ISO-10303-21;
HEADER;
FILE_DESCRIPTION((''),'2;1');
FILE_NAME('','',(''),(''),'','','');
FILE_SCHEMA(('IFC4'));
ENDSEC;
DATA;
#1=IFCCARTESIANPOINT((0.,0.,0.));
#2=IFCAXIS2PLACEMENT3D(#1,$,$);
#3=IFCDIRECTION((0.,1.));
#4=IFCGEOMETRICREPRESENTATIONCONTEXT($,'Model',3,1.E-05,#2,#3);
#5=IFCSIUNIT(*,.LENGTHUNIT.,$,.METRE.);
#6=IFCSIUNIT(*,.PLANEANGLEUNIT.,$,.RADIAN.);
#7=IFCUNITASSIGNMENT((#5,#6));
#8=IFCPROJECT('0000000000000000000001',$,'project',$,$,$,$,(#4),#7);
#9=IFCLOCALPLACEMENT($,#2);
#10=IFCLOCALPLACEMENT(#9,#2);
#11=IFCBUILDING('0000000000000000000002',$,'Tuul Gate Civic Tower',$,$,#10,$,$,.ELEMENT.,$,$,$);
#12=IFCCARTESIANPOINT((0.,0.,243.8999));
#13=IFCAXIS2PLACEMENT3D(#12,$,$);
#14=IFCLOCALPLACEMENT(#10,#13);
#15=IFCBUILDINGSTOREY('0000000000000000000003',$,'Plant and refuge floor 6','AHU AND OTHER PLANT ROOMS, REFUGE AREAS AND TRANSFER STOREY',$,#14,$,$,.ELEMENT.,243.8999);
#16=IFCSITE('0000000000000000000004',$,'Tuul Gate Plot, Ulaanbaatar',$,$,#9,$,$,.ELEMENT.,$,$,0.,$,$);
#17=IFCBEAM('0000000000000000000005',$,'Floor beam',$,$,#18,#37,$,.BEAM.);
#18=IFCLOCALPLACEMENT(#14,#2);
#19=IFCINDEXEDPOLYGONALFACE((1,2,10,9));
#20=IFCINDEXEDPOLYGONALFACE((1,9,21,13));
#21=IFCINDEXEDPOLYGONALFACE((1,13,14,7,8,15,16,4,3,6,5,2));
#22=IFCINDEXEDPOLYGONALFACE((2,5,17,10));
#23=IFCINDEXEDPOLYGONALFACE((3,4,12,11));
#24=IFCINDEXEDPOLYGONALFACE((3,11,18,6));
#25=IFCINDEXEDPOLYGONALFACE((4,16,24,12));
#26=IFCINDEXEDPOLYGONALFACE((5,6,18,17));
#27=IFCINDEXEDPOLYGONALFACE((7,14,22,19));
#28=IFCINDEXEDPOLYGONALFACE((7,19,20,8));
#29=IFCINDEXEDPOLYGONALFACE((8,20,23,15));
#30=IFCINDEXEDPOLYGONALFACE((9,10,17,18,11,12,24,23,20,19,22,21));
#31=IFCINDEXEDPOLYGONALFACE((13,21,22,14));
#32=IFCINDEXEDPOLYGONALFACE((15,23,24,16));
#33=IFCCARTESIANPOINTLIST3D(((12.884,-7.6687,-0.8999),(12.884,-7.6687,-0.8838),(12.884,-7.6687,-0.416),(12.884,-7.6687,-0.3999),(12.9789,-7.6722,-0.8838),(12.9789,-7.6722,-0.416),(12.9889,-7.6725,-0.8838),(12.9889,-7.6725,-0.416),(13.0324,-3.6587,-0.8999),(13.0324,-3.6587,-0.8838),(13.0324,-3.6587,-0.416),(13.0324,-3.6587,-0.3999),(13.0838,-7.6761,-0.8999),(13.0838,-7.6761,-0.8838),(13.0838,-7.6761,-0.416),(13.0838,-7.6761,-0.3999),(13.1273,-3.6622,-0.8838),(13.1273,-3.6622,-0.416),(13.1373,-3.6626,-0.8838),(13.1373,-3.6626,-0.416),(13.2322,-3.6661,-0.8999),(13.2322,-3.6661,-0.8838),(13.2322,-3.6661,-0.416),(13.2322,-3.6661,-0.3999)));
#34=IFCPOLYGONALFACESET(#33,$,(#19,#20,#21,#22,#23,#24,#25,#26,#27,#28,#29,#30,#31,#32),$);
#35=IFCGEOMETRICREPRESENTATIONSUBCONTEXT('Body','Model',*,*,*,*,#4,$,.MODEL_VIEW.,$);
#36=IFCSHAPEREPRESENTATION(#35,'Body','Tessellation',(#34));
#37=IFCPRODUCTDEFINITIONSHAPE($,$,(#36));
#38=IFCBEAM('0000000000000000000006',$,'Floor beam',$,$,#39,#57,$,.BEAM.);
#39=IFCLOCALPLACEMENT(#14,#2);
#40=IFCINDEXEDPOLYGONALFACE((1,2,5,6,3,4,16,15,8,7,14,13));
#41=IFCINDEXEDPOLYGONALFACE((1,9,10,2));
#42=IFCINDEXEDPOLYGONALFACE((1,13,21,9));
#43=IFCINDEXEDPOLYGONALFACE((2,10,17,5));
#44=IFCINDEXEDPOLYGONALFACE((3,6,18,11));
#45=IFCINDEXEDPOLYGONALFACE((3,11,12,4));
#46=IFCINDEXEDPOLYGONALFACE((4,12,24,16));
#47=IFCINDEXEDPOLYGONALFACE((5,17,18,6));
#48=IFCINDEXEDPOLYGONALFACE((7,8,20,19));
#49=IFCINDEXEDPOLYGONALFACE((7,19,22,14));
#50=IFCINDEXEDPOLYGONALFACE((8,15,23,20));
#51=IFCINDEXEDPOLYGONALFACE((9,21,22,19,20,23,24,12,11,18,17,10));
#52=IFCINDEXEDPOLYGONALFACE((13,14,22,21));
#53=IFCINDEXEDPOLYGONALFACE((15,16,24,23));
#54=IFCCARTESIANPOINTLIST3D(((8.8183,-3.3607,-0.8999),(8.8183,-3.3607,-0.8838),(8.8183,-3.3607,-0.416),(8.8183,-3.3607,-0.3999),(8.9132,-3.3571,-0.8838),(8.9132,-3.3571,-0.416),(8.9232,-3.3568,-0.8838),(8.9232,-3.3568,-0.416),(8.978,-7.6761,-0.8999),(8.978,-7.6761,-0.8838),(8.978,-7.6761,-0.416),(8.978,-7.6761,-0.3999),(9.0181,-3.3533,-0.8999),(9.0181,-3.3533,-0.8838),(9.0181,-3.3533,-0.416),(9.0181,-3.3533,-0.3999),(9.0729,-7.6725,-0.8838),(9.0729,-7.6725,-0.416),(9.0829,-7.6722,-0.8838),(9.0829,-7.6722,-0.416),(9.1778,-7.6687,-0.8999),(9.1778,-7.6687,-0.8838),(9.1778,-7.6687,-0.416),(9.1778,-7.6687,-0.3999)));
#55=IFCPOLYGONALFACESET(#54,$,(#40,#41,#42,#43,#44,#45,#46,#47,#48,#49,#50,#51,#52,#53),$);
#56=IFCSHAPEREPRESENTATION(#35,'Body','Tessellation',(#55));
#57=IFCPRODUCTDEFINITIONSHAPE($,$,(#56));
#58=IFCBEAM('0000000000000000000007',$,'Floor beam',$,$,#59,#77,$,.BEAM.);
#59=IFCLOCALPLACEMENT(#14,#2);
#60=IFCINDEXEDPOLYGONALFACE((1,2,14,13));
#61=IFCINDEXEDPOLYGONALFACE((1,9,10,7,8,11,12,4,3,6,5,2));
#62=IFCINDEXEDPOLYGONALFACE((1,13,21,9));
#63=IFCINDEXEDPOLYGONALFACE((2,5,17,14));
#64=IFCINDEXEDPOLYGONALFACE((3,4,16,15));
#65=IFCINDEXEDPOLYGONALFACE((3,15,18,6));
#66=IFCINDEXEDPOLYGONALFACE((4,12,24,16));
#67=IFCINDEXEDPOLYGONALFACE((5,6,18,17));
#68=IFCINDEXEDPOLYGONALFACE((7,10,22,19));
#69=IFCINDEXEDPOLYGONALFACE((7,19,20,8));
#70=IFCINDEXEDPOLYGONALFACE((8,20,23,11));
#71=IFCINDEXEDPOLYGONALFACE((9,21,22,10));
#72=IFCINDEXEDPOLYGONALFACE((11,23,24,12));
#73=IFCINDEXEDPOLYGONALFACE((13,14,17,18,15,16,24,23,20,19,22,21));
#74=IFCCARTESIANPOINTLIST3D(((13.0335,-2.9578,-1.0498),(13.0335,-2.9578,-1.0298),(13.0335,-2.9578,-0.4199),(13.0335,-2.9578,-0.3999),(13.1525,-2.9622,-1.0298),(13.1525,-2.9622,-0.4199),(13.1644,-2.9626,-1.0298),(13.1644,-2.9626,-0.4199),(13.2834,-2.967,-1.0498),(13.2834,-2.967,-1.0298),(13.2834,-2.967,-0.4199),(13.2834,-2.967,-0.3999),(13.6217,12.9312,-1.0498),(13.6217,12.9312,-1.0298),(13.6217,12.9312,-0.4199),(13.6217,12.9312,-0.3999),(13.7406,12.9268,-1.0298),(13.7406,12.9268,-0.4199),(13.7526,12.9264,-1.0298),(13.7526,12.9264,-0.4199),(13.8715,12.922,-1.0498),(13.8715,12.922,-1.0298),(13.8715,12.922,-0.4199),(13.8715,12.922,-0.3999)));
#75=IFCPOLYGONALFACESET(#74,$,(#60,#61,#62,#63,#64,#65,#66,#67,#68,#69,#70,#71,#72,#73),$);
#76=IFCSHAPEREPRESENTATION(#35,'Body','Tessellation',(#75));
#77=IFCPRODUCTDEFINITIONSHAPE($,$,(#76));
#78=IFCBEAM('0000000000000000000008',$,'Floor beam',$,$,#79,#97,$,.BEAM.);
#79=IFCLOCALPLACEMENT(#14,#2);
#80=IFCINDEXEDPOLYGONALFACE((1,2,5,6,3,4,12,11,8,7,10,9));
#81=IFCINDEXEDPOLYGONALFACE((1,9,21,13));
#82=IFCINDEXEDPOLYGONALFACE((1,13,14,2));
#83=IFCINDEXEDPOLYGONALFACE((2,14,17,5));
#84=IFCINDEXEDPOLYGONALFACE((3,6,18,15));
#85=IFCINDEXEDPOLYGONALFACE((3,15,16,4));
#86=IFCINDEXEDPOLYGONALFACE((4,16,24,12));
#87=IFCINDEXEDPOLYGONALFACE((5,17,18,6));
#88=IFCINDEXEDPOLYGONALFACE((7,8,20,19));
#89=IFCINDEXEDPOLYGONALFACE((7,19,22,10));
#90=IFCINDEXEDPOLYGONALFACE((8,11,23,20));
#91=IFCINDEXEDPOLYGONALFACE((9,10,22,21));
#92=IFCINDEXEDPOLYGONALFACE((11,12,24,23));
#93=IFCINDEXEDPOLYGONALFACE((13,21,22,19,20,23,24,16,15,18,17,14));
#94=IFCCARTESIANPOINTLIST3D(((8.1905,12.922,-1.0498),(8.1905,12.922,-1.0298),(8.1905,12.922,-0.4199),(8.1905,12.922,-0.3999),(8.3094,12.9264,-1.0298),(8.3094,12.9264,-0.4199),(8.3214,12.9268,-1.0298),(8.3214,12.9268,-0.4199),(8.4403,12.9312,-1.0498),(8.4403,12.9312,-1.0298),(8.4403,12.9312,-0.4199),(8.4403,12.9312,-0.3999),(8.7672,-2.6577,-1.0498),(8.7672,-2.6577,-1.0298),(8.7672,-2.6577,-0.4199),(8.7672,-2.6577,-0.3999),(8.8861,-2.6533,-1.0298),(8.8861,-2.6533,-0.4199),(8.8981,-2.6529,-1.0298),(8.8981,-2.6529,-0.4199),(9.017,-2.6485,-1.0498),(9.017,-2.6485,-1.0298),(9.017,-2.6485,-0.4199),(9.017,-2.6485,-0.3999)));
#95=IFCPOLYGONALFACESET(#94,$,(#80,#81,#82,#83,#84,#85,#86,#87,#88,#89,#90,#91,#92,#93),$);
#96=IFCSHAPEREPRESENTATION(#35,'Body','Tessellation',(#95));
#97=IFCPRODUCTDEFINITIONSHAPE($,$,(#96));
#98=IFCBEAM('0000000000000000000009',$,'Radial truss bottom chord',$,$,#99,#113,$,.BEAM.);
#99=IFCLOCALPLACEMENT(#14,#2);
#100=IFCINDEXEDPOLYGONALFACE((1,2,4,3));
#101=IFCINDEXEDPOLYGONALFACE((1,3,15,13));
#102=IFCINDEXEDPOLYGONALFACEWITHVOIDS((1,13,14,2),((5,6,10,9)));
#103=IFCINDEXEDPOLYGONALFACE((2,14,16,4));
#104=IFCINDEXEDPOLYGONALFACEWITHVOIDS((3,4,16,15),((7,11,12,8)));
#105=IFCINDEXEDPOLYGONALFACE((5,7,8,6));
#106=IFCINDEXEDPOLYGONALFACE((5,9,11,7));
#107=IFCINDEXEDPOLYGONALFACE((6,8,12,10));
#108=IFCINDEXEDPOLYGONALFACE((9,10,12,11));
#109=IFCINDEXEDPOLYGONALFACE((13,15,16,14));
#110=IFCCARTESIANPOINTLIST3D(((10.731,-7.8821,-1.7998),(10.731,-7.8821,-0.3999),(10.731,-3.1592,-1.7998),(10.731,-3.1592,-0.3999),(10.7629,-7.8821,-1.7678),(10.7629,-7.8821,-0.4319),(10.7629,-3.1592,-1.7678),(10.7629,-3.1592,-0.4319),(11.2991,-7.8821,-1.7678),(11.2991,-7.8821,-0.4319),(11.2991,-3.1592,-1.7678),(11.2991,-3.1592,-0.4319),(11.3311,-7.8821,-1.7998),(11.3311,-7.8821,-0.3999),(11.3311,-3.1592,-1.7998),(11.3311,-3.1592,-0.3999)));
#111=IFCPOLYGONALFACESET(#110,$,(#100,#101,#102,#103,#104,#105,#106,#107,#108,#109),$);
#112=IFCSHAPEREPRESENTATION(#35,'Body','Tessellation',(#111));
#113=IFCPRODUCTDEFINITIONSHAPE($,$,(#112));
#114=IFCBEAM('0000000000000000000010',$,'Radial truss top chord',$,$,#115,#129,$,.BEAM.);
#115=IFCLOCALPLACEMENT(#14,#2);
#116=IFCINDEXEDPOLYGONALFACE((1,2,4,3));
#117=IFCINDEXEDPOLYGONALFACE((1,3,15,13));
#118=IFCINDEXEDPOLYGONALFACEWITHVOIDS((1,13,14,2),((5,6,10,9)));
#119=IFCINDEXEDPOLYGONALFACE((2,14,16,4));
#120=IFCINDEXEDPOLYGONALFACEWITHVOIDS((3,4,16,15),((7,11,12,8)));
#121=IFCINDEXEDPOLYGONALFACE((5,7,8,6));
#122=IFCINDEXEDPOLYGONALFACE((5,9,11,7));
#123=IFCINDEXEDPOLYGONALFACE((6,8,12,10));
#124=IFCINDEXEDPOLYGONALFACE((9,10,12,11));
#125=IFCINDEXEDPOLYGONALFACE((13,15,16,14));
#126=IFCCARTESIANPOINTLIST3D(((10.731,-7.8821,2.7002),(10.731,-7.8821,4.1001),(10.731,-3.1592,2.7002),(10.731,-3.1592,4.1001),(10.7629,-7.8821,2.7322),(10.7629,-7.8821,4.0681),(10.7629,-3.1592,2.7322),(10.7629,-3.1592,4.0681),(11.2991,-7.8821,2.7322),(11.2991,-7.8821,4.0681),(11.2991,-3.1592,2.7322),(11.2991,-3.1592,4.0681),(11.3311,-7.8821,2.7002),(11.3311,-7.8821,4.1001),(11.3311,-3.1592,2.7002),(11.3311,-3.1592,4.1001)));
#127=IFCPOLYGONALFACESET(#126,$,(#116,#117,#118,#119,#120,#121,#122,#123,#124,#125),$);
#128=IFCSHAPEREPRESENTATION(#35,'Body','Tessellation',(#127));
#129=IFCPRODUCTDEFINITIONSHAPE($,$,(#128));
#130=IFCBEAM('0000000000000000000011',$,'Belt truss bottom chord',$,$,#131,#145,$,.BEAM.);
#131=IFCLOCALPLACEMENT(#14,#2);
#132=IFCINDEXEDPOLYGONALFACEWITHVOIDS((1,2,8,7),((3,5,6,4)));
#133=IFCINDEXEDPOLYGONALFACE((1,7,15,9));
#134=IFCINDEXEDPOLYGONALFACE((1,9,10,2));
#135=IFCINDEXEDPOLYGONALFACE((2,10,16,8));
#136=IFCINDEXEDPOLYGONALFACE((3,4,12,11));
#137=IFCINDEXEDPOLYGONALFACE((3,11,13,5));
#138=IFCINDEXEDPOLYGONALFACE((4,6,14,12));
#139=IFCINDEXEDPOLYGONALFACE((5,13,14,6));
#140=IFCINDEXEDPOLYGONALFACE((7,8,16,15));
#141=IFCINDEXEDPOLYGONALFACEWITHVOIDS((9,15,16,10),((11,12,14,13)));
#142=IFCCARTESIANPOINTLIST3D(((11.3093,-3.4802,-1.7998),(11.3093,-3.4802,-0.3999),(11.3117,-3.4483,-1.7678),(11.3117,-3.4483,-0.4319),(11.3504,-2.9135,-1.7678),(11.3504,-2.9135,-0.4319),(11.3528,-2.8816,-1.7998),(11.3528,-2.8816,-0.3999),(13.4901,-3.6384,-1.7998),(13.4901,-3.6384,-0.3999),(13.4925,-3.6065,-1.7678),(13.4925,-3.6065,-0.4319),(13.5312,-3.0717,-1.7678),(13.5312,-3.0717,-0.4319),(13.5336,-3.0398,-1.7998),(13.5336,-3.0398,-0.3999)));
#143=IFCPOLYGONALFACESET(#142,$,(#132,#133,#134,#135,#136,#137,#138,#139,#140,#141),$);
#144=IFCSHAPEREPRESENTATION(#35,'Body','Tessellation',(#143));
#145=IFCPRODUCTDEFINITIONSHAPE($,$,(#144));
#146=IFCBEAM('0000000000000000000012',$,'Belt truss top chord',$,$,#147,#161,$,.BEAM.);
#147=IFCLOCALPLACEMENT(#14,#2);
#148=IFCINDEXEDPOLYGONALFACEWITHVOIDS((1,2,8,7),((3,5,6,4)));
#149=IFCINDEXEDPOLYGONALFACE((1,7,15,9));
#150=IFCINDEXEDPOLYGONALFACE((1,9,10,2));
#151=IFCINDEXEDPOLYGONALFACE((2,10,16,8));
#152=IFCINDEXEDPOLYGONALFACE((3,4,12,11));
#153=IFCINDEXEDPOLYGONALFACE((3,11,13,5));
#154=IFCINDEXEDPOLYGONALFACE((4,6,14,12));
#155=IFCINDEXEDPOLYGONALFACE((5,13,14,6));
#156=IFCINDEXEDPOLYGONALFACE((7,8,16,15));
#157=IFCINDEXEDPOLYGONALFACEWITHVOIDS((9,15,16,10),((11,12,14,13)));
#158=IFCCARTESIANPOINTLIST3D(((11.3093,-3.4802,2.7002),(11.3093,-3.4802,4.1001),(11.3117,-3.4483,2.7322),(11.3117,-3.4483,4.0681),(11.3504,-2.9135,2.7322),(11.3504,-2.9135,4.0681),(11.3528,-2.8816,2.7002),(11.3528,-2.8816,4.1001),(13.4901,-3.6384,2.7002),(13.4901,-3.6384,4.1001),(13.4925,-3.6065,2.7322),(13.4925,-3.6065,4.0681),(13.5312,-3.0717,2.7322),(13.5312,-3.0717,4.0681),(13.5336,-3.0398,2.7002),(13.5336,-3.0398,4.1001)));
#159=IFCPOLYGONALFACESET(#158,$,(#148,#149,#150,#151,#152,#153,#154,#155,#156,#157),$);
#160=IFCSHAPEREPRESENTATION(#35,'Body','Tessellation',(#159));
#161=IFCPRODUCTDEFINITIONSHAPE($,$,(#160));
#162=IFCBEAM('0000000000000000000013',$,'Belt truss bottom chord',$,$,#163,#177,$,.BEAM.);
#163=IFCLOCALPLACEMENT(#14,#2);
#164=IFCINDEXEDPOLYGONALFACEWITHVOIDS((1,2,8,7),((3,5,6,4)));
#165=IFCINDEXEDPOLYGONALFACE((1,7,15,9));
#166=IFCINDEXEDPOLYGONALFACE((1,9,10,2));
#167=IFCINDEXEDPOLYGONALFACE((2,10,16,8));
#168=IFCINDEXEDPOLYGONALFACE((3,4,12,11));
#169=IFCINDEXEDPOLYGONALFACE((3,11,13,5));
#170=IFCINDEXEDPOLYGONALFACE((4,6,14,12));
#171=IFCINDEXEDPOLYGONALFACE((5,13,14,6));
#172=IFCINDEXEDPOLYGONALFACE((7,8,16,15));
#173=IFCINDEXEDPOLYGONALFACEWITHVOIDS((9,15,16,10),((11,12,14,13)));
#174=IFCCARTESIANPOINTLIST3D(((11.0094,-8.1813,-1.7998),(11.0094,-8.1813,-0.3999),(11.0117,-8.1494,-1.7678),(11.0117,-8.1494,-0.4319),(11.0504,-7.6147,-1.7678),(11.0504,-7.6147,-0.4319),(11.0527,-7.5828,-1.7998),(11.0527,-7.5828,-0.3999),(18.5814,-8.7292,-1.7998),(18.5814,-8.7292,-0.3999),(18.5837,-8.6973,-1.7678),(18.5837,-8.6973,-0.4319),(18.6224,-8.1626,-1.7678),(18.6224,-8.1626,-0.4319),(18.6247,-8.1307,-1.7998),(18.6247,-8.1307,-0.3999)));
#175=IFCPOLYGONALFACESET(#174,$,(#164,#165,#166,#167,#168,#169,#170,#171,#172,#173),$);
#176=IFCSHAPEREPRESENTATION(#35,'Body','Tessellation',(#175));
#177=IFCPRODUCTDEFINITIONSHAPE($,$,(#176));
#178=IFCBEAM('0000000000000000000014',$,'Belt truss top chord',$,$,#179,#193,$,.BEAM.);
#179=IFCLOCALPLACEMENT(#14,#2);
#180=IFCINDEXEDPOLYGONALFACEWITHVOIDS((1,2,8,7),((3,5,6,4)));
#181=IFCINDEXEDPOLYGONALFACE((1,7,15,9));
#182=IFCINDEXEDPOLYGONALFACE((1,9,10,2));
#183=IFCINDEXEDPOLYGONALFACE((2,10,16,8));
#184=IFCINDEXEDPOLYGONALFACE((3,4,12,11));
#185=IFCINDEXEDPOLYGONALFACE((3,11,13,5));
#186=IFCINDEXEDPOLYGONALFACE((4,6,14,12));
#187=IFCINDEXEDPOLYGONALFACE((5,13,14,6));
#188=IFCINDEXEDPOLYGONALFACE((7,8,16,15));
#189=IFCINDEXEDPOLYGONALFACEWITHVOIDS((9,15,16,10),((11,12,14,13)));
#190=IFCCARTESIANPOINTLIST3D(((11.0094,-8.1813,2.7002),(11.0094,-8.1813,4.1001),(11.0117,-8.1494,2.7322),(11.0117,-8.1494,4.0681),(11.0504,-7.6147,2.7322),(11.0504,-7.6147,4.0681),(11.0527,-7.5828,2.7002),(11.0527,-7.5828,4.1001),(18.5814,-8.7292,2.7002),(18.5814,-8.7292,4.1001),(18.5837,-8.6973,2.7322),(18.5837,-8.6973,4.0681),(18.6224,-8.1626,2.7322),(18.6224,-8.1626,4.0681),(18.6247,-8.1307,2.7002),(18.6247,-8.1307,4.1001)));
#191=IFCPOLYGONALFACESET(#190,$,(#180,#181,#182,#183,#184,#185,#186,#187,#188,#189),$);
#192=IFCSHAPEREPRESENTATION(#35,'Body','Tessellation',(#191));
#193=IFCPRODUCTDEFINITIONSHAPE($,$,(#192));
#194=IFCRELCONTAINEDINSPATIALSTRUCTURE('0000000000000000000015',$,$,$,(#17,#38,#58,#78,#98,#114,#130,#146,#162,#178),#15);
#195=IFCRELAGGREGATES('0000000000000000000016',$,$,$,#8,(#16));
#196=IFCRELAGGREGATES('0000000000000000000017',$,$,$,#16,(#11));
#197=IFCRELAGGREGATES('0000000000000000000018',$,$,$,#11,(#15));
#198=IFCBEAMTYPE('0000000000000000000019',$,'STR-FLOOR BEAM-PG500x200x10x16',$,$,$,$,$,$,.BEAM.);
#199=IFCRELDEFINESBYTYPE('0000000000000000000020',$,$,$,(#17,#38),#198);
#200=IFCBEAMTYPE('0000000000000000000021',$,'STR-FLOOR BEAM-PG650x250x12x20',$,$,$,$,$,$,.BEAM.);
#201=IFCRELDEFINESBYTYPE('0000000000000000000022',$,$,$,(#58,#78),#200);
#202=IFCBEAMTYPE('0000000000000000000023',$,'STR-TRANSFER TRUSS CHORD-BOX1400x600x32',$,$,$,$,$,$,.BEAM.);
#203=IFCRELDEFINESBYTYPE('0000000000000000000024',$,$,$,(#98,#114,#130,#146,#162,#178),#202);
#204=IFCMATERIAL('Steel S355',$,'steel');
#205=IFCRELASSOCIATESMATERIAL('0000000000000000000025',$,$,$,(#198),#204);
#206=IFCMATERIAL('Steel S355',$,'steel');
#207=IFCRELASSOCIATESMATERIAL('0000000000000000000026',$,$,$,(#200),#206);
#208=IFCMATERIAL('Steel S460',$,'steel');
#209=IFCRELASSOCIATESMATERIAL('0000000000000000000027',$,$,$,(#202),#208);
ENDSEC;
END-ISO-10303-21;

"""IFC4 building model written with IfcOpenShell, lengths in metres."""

from ifc_helpers import new_model, si_unit, direction, frame, origin, origin_2d, place, context, subcontext, project, spatial, hollow_rectangle, i_section, extrude, material, material_profile, profile_set, type_object, element, save


model = new_model("IFC4")

# Units and contexts
model_context = context("Model", 3, precision=1e-05, world=origin(), true_north=direction((0.0, 1.0)))
body_context = subcontext(model_context, "Body", "Model", "MODEL_VIEW")
ifc_project = project(units=[si_unit("LENGTHUNIT", "METRE"), si_unit("PLANEANGLEUNIT", "RADIAN")], contexts=[model_context])

# Site, building, storey
site_placement = place(None, origin())
site = spatial("IfcSite", under=ifc_project, at=site_placement, Name="Tuul Gate Plot, Ulaanbaatar", CompositionType="ELEMENT", RefElevation=0.0)
building_placement = place(site_placement, origin())
building = spatial("IfcBuilding", under=site, at=building_placement, Name="Tuul Gate Civic Tower", CompositionType="ELEMENT")
storey_placement = place(building_placement, frame((0.0, 0.0, 243.8999)))
storey = spatial("IfcBuildingStorey", under=building, at=storey_placement, Name="Plant and refuge floor 6", Description="AHU AND OTHER PLANT ROOMS, REFUGE AREAS AND TRANSFER STOREY", CompositionType="ELEMENT", Elevation=243.8999)

# Beams
ifc_material_1 = material(Name="Steel S355", Category="steel")
ifc_material_profile_1 = material_profile(ifc_material_1, i_section(OverallWidth=0.2, OverallDepth=0.5, WebThickness=0.01, FlangeThickness=0.0161, at=origin_2d()), Name="PG500x200x10x16")
ifc_profile_set_1 = profile_set([ifc_material_profile_1], Name="Steel S355")
beam_type_1 = type_object("IfcBeamType", Name="STR-FLOOR BEAM-PG500x200x10x16", PredefinedType="BEAM", material=ifc_profile_set_1)
beam_1_placement = place(storey_placement, frame((12.9839, -7.6724, -0.6499), z_axis=(0.036991, 0.999316, 0.0), x_axis=(-0.999316, 0.036991, 0.0)))
element("IfcBeam", 1, at=beam_1_placement, inside=storey, type_object=beam_type_1, Name="Floor beam", PredefinedType="BEAM", context=body_context, shape_type="SweptSolid", body=[
    extrude(i_section(OverallWidth=0.2, OverallDepth=0.5, WebThickness=0.01, FlangeThickness=0.0161, at=origin_2d()), origin(), (0.0, 0.0, 1.0), 4.0127),
])
beam_2_placement = place(storey_placement, frame((9.0779, -7.6724, -0.6499), z_axis=(-0.036974, 0.999316, 0.0), x_axis=(-0.999316, -0.036974, 0.0)))
element("IfcBeam", 2, at=beam_2_placement, inside=storey, type_object=beam_type_1, Name="Floor beam", PredefinedType="BEAM", context=body_context, shape_type="SweptSolid", body=[
    extrude(i_section(OverallWidth=0.2, OverallDepth=0.5, WebThickness=0.01, FlangeThickness=0.0161, at=origin_2d()), origin(), (0.0, 0.0, 1.0), 4.3184),
])
ifc_material_2 = material(Name="Steel S355", Category="steel")
ifc_material_profile_2 = material_profile(ifc_material_2, i_section(OverallWidth=0.25, OverallDepth=0.6499, WebThickness=0.012, FlangeThickness=0.02, at=origin_2d()), Name="PG650x250x12x20")
ifc_profile_set_2 = profile_set([ifc_material_profile_2], Name="Steel S355")
beam_type_2 = type_object("IfcBeamType", Name="STR-FLOOR BEAM-PG650x250x12x20", PredefinedType="BEAM", material=ifc_profile_set_2)
beam_3_placement = place(storey_placement, frame((13.1584, -2.9624, -0.7249), z_axis=(0.03699, 0.999316, 0.0), x_axis=(-0.999316, 0.03699, 0.0)))
element("IfcBeam", 3, at=beam_3_placement, inside=storey, type_object=beam_type_2, Name="Floor beam", PredefinedType="BEAM", context=body_context, shape_type="SweptSolid", body=[
    extrude(i_section(OverallWidth=0.25, OverallDepth=0.6499, WebThickness=0.012, FlangeThickness=0.02, at=origin_2d()), origin(), (0.0, 0.0, 1.0), 15.8999),
])
beam_4_placement = place(storey_placement, frame((8.8921, -2.6531, -0.7249), z_axis=(-0.036988, 0.999316, 0.0), x_axis=(-0.999316, -0.036988, 0.0)))
element("IfcBeam", 4, at=beam_4_placement, inside=storey, type_object=beam_type_2, Name="Floor beam", PredefinedType="BEAM", context=body_context, shape_type="SweptSolid", body=[
    extrude(i_section(OverallWidth=0.25, OverallDepth=0.6499, WebThickness=0.012, FlangeThickness=0.02, at=origin_2d()), origin(), (0.0, 0.0, 1.0), 15.5903),
])
ifc_material_3 = material(Name="Steel S460", Category="steel")
ifc_material_profile_3 = material_profile(ifc_material_3, hollow_rectangle(XDim=0.6001, YDim=1.3999, WallThickness=0.032, at=origin_2d()), Name="BOX1400x600x32")
ifc_profile_set_3 = profile_set([ifc_material_profile_3], Name="Steel S460")
beam_type_3 = type_object("IfcBeamType", Name="STR-TRANSFER TRUSS CHORD-BOX1400x600x32", PredefinedType="BEAM", material=ifc_profile_set_3)
for number, where, z_axis, x_axis, name in (
    (5, (11.031, -3.1592, -1.0999), (0.0, -1.0, 0.0), (1.0, 0.0, 0.0), "Radial truss bottom chord"),
    (6, (11.031, -3.1592, 3.4001), (0.0, -1.0, 0.0), (1.0, 0.0, 0.0), "Radial truss top chord"),
):
    element("IfcBeam", number, at=place(storey_placement, frame(where, z_axis=z_axis, x_axis=x_axis)), inside=storey, type_object=beam_type_3, Name=name, PredefinedType="BEAM", context=body_context, shape_type="SweptSolid", body=[
        extrude(hollow_rectangle(XDim=0.6001, YDim=1.3999, WallThickness=0.032, at=origin_2d()), origin(), (0.0, 0.0, 1.0), 4.7229),
    ])
for number, where, z_axis, x_axis, name in (
    (7, (11.3311, -3.1809, -1.0999), (0.997379, -0.07235, 0.0), (0.07235, 0.997379, 0.0), "Belt truss bottom chord"),
    (8, (11.3311, -3.1809, 3.4001), (0.997379, -0.07235, 0.0), (0.07235, 0.997379, 0.0), "Belt truss top chord"),
):
    element("IfcBeam", number, at=place(storey_placement, frame(where, z_axis=z_axis, x_axis=x_axis)), inside=storey, type_object=beam_type_3, Name=name, PredefinedType="BEAM", context=body_context, shape_type="SweptSolid", body=[
        extrude(hollow_rectangle(XDim=0.6001, YDim=1.3999, WallThickness=0.032, at=origin_2d()), origin(), (0.0, 0.0, 1.0), 2.1865),
    ])
for number, where, z_axis, x_axis, name in (
    (9, (11.031, -7.8821, -1.0999), (0.997393, -0.072163, 0.0), (0.072163, 0.997393, 0.0), "Belt truss bottom chord"),
    (10, (11.031, -7.8821, 3.4001), (0.997393, -0.072163, 0.0), (0.072163, 0.997393, 0.0), "Belt truss top chord"),
):
    element("IfcBeam", number, at=place(storey_placement, frame(where, z_axis=z_axis, x_axis=x_axis)), inside=storey, type_object=beam_type_3, Name=name, PredefinedType="BEAM", context=body_context, shape_type="SweptSolid", body=[
        extrude(hollow_rectangle(XDim=0.6001, YDim=1.3999, WallThickness=0.032, at=origin_2d()), origin(), (0.0, 0.0, 1.0), 7.5918),
    ])

save(model, "model.ifc")
